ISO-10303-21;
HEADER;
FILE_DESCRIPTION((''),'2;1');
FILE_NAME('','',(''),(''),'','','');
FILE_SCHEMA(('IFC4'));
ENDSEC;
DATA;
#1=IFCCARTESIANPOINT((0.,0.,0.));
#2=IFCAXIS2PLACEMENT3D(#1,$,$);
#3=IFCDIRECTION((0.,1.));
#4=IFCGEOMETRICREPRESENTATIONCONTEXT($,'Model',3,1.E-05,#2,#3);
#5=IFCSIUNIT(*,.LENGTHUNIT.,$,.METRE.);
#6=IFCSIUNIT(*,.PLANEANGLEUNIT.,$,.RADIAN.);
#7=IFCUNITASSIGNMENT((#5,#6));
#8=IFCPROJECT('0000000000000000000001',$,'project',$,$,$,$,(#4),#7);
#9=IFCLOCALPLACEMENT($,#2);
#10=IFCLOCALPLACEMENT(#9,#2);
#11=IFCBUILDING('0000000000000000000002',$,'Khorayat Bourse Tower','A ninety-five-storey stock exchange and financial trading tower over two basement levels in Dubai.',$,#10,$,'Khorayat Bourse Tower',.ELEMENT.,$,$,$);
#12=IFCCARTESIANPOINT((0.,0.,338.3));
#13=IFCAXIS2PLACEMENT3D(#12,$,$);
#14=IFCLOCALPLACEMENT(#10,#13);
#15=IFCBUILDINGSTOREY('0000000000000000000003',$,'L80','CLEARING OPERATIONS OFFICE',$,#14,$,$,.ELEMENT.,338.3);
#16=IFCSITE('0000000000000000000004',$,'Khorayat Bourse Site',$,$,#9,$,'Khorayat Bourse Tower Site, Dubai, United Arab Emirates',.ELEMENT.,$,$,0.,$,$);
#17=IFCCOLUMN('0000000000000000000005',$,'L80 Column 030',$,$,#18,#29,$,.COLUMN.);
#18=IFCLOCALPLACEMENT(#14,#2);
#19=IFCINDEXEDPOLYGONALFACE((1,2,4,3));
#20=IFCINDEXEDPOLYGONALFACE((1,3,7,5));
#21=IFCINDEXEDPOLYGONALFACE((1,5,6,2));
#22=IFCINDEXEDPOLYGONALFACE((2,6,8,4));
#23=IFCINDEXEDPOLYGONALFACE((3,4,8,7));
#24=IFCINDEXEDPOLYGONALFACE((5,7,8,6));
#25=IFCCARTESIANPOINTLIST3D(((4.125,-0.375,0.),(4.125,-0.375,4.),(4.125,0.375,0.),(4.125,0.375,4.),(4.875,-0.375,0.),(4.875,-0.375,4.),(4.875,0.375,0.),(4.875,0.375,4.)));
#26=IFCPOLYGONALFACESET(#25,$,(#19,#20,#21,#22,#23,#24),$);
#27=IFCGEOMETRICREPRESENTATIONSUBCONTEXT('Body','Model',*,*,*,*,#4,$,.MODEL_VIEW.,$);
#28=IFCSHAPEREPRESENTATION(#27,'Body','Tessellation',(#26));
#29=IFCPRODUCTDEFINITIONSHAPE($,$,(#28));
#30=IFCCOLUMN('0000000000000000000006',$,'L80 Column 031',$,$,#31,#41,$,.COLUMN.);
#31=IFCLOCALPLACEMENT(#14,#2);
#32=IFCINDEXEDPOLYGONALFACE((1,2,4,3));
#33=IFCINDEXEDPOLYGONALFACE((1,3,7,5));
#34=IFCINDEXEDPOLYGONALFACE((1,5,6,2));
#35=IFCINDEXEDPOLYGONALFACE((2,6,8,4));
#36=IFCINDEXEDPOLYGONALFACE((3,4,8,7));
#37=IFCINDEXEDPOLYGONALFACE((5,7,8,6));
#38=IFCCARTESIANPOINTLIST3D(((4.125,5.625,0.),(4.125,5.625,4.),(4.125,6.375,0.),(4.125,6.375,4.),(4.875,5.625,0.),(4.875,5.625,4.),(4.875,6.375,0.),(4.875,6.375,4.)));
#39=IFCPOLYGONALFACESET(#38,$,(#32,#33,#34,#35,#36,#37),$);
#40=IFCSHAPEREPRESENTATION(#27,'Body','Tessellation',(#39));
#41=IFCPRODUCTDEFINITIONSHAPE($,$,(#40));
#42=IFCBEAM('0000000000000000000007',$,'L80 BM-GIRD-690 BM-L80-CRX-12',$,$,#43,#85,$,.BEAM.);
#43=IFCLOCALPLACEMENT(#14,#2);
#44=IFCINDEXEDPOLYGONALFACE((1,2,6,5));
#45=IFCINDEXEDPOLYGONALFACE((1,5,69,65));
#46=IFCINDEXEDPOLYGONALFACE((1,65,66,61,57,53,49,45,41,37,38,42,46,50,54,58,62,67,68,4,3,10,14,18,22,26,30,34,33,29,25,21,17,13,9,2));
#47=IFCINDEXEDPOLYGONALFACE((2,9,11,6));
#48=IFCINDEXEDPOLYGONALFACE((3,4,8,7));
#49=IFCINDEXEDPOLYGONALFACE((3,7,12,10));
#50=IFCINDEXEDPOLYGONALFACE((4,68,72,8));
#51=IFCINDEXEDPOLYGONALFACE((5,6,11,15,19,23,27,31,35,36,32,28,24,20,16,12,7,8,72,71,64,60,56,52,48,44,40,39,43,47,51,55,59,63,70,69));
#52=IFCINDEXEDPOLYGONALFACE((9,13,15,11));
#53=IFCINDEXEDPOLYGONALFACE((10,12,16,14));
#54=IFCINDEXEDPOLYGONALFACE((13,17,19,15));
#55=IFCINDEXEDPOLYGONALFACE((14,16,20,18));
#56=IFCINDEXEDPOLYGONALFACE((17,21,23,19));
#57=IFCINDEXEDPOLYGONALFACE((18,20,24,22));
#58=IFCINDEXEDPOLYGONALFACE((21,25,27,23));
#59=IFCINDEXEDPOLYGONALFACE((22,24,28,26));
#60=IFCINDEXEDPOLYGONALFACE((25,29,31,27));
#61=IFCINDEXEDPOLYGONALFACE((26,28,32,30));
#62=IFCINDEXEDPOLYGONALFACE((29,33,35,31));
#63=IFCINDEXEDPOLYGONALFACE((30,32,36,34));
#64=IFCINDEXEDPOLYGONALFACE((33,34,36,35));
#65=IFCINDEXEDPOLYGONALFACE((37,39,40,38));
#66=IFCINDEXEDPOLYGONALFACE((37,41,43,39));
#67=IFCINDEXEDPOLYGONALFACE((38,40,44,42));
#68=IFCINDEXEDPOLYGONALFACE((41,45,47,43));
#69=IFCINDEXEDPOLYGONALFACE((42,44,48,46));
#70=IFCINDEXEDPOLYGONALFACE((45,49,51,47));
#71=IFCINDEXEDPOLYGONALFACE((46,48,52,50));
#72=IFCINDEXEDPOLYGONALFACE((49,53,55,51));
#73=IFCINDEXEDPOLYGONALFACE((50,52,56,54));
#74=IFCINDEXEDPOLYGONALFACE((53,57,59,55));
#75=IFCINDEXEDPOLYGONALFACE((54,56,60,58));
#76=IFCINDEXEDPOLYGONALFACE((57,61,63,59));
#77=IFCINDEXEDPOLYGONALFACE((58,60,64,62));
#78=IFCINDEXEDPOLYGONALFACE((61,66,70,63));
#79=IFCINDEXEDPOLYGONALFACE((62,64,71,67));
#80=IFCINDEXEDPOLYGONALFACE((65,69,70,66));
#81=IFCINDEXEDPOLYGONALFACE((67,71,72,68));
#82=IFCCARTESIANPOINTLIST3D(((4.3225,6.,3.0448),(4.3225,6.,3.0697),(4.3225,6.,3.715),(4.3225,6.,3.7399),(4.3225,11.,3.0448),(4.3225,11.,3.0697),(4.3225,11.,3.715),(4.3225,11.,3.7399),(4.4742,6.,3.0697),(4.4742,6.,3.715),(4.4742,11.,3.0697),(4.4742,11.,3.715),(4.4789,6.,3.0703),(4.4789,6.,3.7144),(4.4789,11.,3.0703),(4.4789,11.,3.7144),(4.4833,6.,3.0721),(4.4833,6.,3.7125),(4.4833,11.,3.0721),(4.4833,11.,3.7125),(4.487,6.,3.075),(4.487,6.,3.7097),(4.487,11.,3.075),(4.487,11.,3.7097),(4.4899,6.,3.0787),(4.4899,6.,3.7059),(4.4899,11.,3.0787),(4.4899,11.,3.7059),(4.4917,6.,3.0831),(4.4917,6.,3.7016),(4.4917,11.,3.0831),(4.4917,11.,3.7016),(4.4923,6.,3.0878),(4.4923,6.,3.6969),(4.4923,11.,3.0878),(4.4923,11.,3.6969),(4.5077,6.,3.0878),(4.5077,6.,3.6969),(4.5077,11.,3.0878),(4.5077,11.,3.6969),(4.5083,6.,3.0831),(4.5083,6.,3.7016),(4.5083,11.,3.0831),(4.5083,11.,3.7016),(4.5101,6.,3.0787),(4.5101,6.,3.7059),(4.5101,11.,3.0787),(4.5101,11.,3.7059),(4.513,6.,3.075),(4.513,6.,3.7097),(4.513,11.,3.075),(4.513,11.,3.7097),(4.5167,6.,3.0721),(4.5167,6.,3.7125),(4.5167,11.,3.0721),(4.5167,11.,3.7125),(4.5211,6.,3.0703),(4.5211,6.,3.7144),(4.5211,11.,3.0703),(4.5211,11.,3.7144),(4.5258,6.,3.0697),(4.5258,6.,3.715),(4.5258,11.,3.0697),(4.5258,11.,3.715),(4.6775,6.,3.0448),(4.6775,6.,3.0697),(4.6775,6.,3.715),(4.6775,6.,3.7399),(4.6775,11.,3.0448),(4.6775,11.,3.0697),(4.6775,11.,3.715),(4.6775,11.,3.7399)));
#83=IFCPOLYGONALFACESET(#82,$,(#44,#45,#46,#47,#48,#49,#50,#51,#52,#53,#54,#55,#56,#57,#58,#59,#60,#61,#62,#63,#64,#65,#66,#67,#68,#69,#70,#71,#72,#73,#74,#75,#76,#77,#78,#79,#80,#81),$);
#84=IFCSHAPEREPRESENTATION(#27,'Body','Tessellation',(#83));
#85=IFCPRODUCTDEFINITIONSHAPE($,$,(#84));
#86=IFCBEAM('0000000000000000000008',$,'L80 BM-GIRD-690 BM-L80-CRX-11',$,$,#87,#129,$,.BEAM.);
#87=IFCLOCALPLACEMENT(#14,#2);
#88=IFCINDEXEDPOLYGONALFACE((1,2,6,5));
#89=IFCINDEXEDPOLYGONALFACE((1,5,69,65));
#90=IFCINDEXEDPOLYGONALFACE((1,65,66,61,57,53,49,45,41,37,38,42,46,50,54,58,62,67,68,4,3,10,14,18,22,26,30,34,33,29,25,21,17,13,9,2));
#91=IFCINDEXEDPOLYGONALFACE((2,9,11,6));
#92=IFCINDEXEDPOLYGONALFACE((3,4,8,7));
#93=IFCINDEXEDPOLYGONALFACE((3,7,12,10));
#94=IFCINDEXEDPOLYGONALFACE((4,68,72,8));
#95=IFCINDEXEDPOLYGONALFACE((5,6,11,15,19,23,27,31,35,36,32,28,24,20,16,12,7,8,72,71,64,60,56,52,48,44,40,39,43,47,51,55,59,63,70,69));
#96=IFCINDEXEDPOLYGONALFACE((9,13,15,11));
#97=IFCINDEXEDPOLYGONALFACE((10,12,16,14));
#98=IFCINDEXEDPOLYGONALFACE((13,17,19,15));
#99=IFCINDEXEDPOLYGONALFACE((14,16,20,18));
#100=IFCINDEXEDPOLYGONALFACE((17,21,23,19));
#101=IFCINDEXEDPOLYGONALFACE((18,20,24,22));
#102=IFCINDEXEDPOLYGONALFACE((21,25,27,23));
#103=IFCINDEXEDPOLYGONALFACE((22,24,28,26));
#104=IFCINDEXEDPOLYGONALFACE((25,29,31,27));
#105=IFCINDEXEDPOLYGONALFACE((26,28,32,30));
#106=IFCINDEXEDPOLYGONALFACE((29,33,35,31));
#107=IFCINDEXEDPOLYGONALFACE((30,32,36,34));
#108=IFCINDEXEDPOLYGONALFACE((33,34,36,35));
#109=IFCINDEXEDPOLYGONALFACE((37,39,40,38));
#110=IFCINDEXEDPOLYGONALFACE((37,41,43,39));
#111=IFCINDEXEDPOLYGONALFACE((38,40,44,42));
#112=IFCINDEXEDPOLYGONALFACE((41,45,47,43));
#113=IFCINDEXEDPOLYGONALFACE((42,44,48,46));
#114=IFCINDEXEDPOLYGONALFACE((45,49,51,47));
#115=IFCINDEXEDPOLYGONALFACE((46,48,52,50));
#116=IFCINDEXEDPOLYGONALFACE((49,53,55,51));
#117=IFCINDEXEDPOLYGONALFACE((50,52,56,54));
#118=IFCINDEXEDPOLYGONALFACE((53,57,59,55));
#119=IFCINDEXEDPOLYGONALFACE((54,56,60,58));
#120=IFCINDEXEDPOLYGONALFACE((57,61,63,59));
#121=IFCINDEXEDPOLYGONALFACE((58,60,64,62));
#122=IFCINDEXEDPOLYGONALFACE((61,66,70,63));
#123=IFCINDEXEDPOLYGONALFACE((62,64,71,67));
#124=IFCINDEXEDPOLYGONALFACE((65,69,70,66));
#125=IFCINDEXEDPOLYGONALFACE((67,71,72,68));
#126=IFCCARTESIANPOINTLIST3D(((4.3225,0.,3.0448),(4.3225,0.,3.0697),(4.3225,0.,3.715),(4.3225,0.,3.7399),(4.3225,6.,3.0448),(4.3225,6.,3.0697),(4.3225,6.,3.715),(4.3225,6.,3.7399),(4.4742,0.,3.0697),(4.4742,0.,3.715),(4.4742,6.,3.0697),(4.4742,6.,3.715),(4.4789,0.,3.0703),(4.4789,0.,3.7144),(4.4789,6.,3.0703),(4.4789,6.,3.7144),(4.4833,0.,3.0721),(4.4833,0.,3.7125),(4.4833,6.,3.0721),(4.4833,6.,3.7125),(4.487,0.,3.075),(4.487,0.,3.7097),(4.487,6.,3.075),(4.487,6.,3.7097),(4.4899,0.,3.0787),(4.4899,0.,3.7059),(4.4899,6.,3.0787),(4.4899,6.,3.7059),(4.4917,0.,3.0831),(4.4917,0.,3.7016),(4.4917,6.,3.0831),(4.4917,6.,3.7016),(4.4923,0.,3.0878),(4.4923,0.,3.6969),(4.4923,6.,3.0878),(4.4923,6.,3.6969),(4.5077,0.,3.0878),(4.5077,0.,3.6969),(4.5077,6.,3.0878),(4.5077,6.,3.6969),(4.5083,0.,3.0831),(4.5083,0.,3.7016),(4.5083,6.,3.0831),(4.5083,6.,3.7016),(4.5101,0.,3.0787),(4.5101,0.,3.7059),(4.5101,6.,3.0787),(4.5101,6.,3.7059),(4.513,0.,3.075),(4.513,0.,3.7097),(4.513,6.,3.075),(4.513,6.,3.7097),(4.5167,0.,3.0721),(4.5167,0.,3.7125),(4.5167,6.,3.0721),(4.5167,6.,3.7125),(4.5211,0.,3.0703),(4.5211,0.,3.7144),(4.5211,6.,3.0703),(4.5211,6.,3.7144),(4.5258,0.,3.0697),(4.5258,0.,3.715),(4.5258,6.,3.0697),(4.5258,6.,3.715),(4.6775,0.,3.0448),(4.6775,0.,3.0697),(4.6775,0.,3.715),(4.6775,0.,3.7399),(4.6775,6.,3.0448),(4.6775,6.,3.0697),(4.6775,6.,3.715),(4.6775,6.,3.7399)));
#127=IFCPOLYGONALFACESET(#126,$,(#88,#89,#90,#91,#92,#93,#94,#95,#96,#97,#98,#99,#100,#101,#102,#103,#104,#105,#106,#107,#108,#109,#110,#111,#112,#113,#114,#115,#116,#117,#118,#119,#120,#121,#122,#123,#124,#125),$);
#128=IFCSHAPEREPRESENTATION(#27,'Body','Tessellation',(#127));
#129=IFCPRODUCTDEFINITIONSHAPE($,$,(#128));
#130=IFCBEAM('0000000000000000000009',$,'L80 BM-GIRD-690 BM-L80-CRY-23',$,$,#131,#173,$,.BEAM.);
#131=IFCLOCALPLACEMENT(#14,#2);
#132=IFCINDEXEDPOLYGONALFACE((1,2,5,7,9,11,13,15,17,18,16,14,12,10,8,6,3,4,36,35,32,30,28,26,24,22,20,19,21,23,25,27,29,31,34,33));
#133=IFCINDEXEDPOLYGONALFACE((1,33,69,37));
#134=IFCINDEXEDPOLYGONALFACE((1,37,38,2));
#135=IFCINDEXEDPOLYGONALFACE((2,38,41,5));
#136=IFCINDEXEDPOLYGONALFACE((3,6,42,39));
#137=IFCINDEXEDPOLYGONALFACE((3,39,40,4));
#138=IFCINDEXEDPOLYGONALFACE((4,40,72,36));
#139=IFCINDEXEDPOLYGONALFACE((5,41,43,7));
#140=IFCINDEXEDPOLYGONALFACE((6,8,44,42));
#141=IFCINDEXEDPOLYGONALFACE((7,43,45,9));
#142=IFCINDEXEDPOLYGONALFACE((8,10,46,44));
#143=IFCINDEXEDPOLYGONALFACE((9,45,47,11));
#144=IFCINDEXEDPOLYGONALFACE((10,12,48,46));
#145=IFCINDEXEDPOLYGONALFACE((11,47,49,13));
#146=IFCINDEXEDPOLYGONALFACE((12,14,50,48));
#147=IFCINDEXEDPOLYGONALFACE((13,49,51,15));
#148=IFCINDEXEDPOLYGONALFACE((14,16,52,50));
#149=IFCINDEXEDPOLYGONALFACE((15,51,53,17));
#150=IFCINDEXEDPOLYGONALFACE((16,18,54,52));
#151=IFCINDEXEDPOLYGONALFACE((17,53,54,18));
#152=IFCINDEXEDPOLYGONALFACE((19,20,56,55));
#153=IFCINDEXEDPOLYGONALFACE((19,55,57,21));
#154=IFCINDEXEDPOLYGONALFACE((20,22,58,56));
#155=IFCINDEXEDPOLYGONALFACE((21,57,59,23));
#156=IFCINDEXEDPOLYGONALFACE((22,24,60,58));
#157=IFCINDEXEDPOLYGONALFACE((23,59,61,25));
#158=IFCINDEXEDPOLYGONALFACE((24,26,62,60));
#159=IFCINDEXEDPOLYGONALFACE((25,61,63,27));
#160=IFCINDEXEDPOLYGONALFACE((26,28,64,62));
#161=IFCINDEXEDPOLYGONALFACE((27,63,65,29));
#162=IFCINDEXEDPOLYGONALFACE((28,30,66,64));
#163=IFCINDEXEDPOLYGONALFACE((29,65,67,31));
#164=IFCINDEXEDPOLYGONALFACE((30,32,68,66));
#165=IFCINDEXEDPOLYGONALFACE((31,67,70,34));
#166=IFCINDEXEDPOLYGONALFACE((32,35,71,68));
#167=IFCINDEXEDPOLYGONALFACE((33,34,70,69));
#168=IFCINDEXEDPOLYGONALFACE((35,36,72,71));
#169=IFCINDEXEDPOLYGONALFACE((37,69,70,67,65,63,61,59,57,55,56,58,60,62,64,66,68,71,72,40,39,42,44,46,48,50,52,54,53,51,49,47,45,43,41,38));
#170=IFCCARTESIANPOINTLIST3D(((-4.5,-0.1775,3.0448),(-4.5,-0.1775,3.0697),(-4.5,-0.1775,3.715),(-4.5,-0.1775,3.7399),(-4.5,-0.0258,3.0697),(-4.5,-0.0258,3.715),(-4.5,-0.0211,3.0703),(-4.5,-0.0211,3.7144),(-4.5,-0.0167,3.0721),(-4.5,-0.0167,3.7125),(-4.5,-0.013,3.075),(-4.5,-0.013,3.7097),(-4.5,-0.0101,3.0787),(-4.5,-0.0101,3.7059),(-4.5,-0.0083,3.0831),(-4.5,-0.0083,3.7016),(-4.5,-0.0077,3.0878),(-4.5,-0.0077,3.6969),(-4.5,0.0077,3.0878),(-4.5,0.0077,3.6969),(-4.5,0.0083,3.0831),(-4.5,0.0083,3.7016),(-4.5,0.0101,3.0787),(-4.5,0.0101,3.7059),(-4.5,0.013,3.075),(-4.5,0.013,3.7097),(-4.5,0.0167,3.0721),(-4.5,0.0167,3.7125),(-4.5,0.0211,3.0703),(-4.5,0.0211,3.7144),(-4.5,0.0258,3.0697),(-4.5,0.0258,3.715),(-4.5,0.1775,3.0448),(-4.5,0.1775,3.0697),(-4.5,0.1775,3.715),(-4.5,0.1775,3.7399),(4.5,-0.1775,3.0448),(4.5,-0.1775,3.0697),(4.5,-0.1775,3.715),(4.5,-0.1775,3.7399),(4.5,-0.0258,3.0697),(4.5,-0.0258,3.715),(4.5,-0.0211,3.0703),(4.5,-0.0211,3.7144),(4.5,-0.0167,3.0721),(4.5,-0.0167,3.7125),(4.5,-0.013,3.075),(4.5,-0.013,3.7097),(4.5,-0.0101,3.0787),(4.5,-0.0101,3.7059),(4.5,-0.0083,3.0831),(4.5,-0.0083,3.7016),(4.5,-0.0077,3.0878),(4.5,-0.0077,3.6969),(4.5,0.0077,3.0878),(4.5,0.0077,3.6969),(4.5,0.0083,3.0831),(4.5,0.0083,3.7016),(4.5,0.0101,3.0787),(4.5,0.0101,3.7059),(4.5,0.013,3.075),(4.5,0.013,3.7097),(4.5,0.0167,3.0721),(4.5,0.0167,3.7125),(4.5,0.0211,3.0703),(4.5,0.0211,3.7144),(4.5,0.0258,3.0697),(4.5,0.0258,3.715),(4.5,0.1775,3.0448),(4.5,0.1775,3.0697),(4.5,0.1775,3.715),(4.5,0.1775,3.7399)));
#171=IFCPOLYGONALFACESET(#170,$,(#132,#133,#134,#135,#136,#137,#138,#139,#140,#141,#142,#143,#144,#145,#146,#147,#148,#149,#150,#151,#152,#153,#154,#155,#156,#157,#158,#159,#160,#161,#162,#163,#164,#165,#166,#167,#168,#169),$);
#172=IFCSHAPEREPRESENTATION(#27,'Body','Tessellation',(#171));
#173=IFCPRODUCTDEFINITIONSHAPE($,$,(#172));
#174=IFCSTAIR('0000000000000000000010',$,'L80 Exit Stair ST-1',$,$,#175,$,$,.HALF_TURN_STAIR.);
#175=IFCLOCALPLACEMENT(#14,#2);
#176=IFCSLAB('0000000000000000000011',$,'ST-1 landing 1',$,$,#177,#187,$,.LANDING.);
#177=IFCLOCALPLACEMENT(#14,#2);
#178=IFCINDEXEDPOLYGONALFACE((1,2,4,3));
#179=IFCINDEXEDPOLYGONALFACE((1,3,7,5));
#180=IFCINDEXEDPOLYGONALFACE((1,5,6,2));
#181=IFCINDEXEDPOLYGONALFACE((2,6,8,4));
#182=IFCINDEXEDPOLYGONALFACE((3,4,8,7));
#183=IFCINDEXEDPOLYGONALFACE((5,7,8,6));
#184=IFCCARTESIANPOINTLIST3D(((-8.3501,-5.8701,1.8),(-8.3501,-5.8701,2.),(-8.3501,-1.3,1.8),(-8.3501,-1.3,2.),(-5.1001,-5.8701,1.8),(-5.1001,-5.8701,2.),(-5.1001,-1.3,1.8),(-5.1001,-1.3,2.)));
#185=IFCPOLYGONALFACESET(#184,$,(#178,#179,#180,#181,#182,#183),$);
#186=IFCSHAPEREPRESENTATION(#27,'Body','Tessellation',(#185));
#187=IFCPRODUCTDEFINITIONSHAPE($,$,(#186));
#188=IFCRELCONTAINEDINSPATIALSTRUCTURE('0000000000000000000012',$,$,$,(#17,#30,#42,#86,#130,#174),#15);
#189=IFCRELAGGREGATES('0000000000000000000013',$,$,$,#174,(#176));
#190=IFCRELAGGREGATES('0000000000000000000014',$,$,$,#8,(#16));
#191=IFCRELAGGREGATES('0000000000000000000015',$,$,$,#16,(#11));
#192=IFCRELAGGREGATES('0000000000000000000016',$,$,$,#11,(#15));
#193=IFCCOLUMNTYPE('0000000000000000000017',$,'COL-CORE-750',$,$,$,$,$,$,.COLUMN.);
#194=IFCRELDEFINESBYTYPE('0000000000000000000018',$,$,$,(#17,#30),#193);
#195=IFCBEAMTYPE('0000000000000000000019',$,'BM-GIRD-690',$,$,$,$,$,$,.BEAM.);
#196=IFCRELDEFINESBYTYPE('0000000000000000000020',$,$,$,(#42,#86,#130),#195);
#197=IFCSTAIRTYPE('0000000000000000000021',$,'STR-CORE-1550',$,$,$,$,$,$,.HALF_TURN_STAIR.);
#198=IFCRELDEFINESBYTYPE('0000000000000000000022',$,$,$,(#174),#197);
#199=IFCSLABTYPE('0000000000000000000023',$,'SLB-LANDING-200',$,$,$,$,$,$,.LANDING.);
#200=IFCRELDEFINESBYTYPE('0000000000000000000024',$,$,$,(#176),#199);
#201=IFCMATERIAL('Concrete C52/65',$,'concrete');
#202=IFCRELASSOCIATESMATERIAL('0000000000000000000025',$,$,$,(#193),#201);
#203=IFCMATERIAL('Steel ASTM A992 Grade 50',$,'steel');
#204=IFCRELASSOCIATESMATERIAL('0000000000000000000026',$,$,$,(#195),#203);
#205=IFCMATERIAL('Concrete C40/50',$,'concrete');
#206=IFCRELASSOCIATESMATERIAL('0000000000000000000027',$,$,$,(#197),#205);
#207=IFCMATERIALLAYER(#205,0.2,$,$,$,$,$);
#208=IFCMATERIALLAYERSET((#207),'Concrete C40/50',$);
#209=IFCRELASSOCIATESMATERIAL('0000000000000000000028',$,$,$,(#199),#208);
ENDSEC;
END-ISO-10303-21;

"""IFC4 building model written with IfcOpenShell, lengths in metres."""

from ifc_helpers import new_model, si_unit, direction, frame, origin, origin_2d, place, context, subcontext, project, spatial, polyline, rectangle, i_section, outline, extrude, source, transform, mapped, material, layer, layer_set, material_profile, profile_set, type_object, element, aggregate, save


model = new_model("IFC4")

# Units and contexts
model_context = context("Model", 3, precision=1e-05, world=origin(), true_north=direction((0.0, 1.0)))
body_context = subcontext(model_context, "Body", "Model", "MODEL_VIEW")
ifc_project = project(units=[si_unit("LENGTHUNIT", "METRE"), si_unit("PLANEANGLEUNIT", "RADIAN")], contexts=[model_context])

# Site, building, storey
site_placement = place(None, origin())
site = spatial("IfcSite", under=ifc_project, at=site_placement, Name="Khorayat Bourse Site", LongName="Khorayat Bourse Tower Site, Dubai, United Arab Emirates", CompositionType="ELEMENT", RefElevation=0.0)
building_placement = place(site_placement, origin())
building = spatial("IfcBuilding", under=site, at=building_placement, Name="Khorayat Bourse Tower", Description="A ninety-five-storey stock exchange and financial trading tower over two basement levels in Dubai.", LongName="Khorayat Bourse Tower", CompositionType="ELEMENT")
storey_placement = place(building_placement, frame((0.0, 0.0, 338.3)))
storey = spatial("IfcBuildingStorey", under=building, at=storey_placement, Name="L80", Description="CLEARING OPERATIONS OFFICE", CompositionType="ELEMENT", Elevation=338.3)

# Columns
ifc_material_1 = material(Name="Concrete C52/65", Category="concrete")
ifc_material_profile_1 = material_profile(ifc_material_1, rectangle(XDim=0.75, YDim=0.75, at=origin_2d()), Name="RC 750x750")
ifc_profile_set_1 = profile_set([ifc_material_profile_1], Name="Concrete C52/65")
column_type = type_object("IfcColumnType", Name="COL-CORE-750", PredefinedType="COLUMN", material=ifc_profile_set_1)
shared_shape_1 = source(origin(), body_context, "Body", "SweptSolid", [
    extrude(rectangle(XDim=0.75, YDim=0.75, at=origin_2d()), origin(), (0.0, 0.0, 1.0), 4.0),
])
for number, where, z_axis, x_axis, name in (
    (1, (4.5, 0.0, 0.0), (0.0, 0.0, 1.0), (1.0, 0.0, 0.0), "L80 Column 030"),
    (2, (4.5, 6.0, 0.0), (0.0, 0.0, 1.0), (1.0, 0.0, 0.0), "L80 Column 031"),
):
    element("IfcColumn", number, at=place(storey_placement, frame(where, z_axis=z_axis, x_axis=x_axis)), inside=storey, type_object=column_type, Name=name, PredefinedType="COLUMN", context=body_context, shape_type="MappedRepresentation", body=[
        mapped(shared_shape_1, transform((0.0, 0.0, 0.0), scale=1.0)),
    ])

# Beams
ifc_material_2 = material(Name="Steel ASTM A992 Grade 50", Category="steel")
ifc_material_profile_2 = material_profile(ifc_material_2, i_section(OverallWidth=0.355, OverallDepth=0.6951, WebThickness=0.0154, FlangeThickness=0.0249, FilletRadius=0.0181, at=origin_2d()), Name="W690X217")
ifc_profile_set_2 = profile_set([ifc_material_profile_2], Name="Steel ASTM A992 Grade 50")
beam_type = type_object("IfcBeamType", Name="BM-GIRD-690", PredefinedType="BEAM", material=ifc_profile_set_2)
shared_shape_2 = source(origin(), body_context, "Body", "SweptSolid", [
    extrude(i_section(OverallWidth=0.355, OverallDepth=0.6951, WebThickness=0.0154, FlangeThickness=0.0249, FilletRadius=0.0181, at=origin_2d()), origin(), (0.0, 0.0, 1.0), 5.0),
])
beam_1_placement = place(storey_placement, frame((4.5, 6.0, 3.3923), z_axis=(0.0, 1.0, 0.0), x_axis=(-1.0, 0.0, 0.0)))
element("IfcBeam", 3, at=beam_1_placement, inside=storey, type_object=beam_type, Name="L80 BM-GIRD-690 BM-L80-CRX-12", PredefinedType="BEAM", context=body_context, shape_type="MappedRepresentation", body=[
    mapped(shared_shape_2, transform((0.0, 0.0, 0.0), scale=1.0)),
])
shared_shape_3 = source(origin(), body_context, "Body", "SweptSolid", [
    extrude(i_section(OverallWidth=0.355, OverallDepth=0.6951, WebThickness=0.0154, FlangeThickness=0.0249, FilletRadius=0.0181, at=origin_2d()), origin(), (0.0, 0.0, 1.0), 6.0),
])
beam_2_placement = place(storey_placement, frame((4.5, 0.0, 3.3923), z_axis=(0.0, 1.0, 0.0), x_axis=(-1.0, 0.0, 0.0)))
element("IfcBeam", 4, at=beam_2_placement, inside=storey, type_object=beam_type, Name="L80 BM-GIRD-690 BM-L80-CRX-11", PredefinedType="BEAM", context=body_context, shape_type="MappedRepresentation", body=[
    mapped(shared_shape_3, transform((0.0, 0.0, 0.0), scale=1.0)),
])
shared_shape_4 = source(origin(), body_context, "Body", "SweptSolid", [
    extrude(i_section(OverallWidth=0.355, OverallDepth=0.6951, WebThickness=0.0154, FlangeThickness=0.0249, FilletRadius=0.0181, at=origin_2d()), origin(), (0.0, 0.0, 1.0), 9.0),
])
beam_3_placement = place(storey_placement, frame((-4.5, 0.0, 3.3923), z_axis=(1.0, 0.0, 0.0), x_axis=(0.0, 1.0, 0.0)))
element("IfcBeam", 5, at=beam_3_placement, inside=storey, type_object=beam_type, Name="L80 BM-GIRD-690 BM-L80-CRY-23", PredefinedType="BEAM", context=body_context, shape_type="MappedRepresentation", body=[
    mapped(shared_shape_4, transform((0.0, 0.0, 0.0), scale=1.0)),
])

# Stair, slab
ifc_material_3 = material(Name="Concrete C40/50", Category="concrete")
stair_type = type_object("IfcStairType", Name="STR-CORE-1550", PredefinedType="HALF_TURN_STAIR", material=ifc_material_3)
stair_1_placement = place(storey_placement, origin())
stair_1 = element("IfcStair", 6, at=stair_1_placement, inside=storey, type_object=stair_type, Name="L80 Exit Stair ST-1", PredefinedType="HALF_TURN_STAIR")
ifc_layer_1 = layer(ifc_material_3, 0.2)
ifc_layer_set_1 = layer_set([ifc_layer_1], Name="Concrete C40/50")
slab_type_1 = type_object("IfcSlabType", Name="SLB-LANDING-200", PredefinedType="LANDING", material=ifc_layer_set_1)
slab_1_placement = place(storey_placement, frame((0.0, 0.0, 1.8)))
slab_1 = element("IfcSlab", 7, at=slab_1_placement, type_object=slab_type_1, Name="ST-1 landing 1", PredefinedType="LANDING", context=body_context, shape_type="SweptSolid", body=[
    extrude(outline(polyline([(-5.1001, -5.8701), (-5.1001, -1.3), (-8.3501, -1.3), (-8.3501, -5.8701), (-5.1001, -5.8701)])), origin(), (0.0, 0.0, 1.0), 0.2),
])
aggregate(stair_1, [slab_1])

save(model, "model.ifc")
